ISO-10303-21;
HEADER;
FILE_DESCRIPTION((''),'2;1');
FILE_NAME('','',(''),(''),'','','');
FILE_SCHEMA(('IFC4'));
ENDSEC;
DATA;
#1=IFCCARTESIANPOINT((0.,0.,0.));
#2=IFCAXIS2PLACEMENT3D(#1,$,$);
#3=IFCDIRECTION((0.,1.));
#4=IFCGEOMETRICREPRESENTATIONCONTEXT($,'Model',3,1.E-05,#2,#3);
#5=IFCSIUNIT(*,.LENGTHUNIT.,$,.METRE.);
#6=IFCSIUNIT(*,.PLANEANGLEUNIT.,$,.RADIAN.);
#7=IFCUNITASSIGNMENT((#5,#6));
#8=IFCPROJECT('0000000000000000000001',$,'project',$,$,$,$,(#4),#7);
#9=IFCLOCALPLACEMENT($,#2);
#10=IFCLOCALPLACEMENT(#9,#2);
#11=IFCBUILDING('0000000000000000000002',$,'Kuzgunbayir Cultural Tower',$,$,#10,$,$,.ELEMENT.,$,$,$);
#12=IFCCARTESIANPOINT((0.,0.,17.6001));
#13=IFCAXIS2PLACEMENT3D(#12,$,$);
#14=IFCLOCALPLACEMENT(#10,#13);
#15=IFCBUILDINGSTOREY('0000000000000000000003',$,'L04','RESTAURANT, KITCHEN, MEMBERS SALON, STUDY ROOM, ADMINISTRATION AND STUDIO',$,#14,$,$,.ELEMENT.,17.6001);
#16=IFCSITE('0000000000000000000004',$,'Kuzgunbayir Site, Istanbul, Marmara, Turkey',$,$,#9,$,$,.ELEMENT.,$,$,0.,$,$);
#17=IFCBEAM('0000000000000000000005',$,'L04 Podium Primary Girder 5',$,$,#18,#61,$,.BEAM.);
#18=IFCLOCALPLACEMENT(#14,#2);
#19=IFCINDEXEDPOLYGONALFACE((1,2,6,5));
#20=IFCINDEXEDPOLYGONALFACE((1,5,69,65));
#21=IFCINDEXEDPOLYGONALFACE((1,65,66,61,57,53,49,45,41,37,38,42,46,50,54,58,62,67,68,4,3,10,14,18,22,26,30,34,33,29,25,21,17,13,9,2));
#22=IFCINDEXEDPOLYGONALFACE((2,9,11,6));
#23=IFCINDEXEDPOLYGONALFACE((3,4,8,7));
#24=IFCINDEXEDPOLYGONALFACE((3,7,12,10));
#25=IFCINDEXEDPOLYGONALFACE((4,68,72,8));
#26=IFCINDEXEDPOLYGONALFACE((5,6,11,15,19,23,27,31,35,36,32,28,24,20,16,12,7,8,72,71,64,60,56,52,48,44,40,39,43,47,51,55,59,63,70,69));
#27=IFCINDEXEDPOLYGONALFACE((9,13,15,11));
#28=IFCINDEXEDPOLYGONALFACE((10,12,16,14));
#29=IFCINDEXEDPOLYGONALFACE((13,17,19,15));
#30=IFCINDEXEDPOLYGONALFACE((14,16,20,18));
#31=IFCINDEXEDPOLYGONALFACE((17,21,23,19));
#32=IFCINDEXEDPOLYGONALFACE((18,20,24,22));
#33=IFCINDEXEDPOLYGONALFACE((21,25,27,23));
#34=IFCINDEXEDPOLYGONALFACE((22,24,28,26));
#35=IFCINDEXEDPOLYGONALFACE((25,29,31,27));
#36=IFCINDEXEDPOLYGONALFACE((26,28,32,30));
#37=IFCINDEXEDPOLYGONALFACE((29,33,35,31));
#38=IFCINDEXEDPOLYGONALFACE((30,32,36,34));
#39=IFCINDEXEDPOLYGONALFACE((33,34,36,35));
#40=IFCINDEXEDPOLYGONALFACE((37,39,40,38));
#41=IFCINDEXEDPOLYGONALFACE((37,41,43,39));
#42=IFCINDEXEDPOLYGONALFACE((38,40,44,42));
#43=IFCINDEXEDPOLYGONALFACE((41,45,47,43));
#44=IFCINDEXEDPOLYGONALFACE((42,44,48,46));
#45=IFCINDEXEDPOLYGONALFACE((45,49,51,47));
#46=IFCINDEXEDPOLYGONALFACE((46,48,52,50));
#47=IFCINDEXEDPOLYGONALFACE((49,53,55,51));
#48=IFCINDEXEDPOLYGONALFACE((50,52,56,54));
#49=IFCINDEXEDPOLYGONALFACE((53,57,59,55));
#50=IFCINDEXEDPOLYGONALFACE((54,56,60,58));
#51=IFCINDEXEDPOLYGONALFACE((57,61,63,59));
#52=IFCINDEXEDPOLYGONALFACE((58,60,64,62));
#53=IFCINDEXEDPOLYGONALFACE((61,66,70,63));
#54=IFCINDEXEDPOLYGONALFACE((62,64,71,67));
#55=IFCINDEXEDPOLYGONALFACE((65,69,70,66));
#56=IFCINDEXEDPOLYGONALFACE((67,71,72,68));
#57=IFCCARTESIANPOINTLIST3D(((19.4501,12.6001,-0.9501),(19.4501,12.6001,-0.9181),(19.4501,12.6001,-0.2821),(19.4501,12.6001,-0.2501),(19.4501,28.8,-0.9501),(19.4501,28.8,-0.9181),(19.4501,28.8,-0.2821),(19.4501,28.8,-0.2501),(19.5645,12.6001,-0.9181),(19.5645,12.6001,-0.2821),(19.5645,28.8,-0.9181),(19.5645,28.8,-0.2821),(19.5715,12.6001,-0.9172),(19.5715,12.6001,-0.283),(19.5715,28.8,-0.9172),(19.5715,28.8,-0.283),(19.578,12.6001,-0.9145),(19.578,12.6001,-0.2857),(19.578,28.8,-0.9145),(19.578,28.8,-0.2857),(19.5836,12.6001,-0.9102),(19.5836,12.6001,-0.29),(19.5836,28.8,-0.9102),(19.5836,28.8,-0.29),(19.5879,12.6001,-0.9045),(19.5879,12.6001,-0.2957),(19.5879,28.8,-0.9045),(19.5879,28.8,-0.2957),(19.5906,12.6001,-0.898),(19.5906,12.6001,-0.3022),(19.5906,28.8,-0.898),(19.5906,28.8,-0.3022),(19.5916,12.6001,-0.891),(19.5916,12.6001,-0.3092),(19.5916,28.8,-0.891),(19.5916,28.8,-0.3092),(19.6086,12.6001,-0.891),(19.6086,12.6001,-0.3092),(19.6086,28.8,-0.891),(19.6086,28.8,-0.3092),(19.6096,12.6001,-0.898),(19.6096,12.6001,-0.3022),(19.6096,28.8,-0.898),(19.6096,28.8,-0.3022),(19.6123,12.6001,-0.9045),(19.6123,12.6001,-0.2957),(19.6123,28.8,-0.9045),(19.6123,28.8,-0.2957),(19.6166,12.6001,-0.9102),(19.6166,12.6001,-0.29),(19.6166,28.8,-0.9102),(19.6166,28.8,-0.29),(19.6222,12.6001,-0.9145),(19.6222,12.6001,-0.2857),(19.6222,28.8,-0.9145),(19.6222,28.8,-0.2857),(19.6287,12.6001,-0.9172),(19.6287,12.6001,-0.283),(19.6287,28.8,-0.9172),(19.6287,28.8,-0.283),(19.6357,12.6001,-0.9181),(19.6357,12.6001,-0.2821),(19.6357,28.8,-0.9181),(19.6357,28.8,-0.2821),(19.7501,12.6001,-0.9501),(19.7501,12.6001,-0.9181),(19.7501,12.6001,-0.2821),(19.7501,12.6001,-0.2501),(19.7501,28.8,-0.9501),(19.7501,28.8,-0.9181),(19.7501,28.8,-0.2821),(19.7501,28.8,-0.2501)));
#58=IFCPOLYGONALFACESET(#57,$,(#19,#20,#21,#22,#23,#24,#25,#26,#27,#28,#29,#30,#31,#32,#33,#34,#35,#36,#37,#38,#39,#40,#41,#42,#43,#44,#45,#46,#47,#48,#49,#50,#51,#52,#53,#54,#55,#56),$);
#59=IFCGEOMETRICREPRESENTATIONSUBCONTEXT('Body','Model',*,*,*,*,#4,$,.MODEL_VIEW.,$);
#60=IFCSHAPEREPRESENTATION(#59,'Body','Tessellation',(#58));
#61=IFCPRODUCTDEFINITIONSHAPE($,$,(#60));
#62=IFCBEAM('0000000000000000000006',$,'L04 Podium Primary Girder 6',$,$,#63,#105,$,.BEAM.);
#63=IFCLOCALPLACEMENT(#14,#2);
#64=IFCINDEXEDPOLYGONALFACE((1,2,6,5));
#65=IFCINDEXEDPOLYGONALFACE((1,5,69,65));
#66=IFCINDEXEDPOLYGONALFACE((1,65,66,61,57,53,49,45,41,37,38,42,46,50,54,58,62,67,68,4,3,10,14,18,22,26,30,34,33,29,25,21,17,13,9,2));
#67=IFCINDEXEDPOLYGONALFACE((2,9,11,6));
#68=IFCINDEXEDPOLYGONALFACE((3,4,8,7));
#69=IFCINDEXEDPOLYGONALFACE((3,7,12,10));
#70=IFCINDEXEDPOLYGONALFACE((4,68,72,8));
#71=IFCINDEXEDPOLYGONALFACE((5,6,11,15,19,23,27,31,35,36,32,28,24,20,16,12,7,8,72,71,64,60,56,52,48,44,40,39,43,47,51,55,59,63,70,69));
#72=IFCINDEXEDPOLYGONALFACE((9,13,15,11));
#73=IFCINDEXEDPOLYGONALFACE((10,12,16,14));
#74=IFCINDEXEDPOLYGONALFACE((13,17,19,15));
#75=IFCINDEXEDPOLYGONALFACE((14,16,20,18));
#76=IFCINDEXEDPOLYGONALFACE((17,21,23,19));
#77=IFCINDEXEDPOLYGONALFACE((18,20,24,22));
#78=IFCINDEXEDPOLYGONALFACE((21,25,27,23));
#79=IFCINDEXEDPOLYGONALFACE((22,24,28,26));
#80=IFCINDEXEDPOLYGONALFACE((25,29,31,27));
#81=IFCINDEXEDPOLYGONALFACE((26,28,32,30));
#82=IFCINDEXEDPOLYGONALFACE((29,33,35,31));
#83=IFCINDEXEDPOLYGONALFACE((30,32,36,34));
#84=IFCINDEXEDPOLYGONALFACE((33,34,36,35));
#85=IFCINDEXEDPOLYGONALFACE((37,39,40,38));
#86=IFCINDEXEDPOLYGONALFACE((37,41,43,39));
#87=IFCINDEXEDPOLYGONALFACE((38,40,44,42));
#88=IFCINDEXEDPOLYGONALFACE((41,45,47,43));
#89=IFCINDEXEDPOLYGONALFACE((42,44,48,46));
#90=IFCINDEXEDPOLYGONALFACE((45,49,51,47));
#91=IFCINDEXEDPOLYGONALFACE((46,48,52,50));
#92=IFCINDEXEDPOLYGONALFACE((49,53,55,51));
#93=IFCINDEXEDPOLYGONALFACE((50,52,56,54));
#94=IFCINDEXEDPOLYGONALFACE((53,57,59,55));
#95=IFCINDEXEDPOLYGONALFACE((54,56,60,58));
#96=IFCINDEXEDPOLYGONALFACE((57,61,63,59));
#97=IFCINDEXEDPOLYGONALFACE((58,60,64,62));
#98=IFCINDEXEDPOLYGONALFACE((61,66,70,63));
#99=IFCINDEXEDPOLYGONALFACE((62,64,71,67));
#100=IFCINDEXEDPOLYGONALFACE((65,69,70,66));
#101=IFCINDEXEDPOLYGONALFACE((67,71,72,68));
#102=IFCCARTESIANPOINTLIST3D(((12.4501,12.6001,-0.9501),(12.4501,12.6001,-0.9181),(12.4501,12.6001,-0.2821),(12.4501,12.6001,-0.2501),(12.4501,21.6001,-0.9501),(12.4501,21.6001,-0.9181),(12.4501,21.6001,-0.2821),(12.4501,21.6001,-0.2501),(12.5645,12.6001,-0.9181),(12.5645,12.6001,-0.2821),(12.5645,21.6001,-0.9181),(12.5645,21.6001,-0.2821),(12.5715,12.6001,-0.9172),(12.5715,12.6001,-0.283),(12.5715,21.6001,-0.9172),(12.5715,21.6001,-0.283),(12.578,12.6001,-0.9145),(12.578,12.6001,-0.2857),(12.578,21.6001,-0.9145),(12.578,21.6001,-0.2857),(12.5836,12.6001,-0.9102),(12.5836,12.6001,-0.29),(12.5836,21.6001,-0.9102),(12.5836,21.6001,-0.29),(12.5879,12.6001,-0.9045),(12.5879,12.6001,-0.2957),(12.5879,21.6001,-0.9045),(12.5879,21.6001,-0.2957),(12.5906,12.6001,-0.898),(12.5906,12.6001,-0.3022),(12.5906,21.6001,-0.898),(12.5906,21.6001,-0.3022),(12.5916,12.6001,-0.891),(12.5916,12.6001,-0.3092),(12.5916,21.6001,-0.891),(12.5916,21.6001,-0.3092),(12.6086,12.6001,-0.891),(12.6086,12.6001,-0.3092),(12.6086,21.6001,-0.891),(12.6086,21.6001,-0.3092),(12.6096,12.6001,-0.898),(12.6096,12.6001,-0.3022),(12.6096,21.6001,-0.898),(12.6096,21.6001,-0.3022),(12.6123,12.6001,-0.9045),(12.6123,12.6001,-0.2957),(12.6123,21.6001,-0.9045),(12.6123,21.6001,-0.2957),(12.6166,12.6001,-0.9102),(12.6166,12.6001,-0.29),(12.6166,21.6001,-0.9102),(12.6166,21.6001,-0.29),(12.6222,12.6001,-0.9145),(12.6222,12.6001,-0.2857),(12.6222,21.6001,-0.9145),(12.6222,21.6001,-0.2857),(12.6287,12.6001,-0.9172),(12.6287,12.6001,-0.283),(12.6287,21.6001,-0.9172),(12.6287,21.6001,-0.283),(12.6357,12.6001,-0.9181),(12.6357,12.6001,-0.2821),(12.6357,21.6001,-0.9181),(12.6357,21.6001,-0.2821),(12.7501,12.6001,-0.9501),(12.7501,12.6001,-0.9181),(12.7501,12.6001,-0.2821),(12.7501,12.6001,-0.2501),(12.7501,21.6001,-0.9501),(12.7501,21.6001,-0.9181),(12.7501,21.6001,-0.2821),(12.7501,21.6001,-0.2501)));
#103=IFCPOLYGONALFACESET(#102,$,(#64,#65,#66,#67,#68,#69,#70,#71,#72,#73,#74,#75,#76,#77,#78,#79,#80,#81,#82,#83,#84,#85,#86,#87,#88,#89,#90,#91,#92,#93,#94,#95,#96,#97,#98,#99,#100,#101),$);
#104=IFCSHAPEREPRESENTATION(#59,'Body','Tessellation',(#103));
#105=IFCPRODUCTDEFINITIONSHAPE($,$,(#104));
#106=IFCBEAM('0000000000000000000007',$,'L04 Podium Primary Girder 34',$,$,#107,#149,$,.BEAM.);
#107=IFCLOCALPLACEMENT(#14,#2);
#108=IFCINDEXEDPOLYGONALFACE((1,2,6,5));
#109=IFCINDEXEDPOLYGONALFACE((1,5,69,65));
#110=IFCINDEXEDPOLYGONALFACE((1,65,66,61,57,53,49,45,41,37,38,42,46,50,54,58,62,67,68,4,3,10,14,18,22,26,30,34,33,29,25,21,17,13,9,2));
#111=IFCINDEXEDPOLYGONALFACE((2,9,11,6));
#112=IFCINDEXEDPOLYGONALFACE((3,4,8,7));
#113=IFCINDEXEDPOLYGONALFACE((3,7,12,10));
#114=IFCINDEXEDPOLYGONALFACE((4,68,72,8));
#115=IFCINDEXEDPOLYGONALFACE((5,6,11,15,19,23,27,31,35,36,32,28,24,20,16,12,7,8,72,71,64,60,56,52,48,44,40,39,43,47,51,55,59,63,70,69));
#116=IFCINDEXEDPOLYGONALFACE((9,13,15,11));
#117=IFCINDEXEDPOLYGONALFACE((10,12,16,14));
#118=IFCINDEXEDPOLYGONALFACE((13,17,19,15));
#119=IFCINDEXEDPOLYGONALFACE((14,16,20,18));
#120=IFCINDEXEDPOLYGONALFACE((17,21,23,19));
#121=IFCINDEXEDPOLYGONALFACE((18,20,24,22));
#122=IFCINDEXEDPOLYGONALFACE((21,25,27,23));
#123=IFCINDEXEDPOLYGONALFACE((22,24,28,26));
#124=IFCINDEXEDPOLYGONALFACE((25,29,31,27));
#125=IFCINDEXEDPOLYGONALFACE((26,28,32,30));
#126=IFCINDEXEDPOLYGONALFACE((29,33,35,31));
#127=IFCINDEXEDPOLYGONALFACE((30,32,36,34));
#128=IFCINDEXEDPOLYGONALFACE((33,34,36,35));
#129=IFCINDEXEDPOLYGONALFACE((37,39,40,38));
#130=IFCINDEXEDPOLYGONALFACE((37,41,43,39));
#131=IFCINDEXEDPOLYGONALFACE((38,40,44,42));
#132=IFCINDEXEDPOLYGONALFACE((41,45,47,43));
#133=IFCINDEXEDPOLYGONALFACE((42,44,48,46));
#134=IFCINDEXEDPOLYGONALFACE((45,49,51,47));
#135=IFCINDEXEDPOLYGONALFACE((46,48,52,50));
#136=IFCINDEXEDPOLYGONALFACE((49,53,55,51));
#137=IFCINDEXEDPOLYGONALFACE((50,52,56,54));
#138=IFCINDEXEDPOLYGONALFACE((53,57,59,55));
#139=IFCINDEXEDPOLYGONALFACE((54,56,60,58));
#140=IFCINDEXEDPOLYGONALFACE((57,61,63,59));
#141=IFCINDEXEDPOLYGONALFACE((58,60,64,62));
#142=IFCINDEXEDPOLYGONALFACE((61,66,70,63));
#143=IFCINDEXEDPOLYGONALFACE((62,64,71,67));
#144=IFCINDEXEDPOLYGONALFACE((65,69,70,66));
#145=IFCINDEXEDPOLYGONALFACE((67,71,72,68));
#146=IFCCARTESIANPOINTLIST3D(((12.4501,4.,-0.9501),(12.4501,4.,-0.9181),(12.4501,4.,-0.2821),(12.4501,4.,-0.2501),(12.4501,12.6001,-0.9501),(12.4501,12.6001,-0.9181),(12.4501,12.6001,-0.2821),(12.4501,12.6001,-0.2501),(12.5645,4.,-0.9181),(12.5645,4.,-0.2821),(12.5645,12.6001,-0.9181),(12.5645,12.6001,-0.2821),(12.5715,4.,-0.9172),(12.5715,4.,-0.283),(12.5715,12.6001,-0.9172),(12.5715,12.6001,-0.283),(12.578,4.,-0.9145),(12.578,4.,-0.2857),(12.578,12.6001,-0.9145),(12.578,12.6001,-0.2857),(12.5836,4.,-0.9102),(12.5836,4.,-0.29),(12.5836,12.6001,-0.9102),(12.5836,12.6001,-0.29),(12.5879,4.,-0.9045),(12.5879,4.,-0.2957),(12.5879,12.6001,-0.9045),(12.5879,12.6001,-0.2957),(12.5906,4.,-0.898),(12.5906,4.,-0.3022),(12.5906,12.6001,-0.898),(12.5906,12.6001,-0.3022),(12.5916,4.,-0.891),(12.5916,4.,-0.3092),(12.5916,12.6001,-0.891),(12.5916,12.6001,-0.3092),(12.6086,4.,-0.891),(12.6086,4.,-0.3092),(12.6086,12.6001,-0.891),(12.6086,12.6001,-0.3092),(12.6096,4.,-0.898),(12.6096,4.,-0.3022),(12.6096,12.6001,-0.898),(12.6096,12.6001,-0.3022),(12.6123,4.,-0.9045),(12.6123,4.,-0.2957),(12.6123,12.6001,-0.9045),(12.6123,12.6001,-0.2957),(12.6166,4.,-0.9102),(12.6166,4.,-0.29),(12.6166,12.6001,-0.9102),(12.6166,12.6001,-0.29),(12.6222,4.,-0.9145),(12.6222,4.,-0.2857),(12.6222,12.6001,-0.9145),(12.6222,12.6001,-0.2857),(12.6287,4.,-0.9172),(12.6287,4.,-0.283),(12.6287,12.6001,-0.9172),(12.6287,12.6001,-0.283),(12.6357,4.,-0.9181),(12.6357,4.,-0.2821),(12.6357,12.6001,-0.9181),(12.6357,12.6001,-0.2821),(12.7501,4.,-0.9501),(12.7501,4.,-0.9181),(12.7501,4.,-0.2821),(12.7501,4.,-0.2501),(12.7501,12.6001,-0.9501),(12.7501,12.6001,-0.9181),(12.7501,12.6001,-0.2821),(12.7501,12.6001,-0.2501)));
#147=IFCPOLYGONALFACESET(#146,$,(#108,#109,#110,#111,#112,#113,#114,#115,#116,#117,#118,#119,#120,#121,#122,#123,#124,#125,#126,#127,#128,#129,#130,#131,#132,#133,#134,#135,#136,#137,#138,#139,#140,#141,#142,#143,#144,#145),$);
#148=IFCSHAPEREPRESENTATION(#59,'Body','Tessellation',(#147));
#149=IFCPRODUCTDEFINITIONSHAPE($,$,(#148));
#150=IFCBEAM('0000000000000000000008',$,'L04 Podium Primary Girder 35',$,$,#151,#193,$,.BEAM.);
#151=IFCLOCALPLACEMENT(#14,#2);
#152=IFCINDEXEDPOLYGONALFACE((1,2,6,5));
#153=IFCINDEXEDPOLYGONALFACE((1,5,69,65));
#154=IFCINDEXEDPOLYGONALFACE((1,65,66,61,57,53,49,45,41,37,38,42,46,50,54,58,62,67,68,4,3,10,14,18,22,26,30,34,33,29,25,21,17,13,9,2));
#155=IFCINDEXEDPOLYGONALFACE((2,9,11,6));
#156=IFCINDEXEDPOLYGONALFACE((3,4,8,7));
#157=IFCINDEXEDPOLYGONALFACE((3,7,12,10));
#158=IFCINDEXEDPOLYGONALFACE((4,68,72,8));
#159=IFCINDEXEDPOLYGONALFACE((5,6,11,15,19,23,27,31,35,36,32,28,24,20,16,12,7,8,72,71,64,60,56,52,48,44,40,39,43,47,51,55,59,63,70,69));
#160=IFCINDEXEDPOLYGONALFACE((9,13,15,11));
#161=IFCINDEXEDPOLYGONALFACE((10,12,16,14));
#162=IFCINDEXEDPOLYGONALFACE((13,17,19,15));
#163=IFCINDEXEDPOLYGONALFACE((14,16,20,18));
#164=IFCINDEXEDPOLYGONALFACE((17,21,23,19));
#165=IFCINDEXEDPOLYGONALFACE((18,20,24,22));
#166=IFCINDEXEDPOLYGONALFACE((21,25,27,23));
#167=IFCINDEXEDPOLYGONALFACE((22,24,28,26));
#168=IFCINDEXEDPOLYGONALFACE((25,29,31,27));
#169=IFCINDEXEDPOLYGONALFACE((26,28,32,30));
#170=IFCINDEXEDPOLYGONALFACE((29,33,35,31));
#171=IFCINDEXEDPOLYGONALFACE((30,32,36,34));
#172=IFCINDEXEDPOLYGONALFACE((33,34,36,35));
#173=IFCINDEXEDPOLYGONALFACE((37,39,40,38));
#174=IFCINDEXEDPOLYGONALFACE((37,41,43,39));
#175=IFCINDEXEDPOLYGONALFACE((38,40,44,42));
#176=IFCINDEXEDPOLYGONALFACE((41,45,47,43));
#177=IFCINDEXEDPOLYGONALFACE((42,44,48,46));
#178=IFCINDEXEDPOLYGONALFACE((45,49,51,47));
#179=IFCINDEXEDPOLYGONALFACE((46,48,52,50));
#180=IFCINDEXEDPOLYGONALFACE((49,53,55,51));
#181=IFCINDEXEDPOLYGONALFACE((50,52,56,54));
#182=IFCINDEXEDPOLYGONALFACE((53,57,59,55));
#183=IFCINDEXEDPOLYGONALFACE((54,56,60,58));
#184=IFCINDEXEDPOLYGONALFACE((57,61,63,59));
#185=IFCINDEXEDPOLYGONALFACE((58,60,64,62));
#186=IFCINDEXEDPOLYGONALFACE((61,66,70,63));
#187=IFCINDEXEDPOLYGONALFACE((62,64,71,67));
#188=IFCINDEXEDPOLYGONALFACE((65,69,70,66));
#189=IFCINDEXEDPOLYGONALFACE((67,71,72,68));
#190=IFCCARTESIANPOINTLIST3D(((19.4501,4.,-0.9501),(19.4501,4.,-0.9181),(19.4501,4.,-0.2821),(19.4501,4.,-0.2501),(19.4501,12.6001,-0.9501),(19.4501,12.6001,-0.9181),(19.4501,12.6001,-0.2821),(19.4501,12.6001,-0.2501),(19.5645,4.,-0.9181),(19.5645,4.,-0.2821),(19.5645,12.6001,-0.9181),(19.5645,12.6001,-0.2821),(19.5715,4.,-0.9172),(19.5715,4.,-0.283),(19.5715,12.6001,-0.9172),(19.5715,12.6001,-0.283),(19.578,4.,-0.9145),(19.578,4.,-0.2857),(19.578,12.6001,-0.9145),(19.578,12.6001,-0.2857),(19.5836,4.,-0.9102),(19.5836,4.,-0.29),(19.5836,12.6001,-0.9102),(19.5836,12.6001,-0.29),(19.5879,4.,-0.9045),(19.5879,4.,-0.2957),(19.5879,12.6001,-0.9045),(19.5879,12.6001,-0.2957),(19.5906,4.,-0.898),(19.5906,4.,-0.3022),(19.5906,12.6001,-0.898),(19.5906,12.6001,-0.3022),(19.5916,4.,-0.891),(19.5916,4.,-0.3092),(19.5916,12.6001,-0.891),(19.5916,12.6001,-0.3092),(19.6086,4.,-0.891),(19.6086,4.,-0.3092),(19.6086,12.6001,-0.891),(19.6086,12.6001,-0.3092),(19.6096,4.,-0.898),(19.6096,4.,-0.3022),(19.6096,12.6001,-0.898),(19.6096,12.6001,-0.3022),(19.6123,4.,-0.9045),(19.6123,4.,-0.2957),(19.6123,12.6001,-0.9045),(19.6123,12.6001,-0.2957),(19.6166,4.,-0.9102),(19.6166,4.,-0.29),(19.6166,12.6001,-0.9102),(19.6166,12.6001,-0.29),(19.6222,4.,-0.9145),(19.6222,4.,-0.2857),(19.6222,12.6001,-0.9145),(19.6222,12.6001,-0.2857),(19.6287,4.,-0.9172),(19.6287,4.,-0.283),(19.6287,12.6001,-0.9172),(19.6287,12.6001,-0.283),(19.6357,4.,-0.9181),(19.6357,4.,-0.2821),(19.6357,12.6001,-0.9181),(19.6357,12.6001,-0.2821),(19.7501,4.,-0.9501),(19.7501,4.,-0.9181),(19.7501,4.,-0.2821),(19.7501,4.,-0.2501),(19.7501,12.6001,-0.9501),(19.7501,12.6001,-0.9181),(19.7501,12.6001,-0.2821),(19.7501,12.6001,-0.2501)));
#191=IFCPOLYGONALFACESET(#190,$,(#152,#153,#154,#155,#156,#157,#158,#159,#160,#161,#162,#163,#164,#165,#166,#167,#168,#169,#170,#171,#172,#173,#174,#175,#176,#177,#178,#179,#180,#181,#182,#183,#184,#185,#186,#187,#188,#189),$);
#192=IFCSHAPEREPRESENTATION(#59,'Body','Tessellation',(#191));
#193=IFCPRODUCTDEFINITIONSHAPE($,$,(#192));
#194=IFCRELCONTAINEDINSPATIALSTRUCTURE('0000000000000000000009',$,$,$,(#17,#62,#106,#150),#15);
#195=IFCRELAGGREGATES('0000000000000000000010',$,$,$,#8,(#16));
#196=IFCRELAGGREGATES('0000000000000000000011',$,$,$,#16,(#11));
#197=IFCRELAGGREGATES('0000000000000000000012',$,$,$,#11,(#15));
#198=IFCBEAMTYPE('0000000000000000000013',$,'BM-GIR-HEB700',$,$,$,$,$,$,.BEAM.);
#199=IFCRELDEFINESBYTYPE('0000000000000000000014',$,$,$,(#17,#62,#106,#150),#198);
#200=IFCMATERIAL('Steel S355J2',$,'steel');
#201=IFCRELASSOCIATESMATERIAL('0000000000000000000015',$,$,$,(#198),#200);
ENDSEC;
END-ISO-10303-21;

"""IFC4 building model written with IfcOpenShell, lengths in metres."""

from ifc_helpers import new_model, si_unit, direction, frame, origin, origin_2d, place, context, subcontext, project, spatial, i_section, extrude, material, material_profile, profile_set, type_object, element, save


model = new_model("IFC4")

# Units and contexts
model_context = context("Model", 3, precision=1e-05, world=origin(), true_north=direction((0.0, 1.0)))
body_context = subcontext(model_context, "Body", "Model", "MODEL_VIEW")
ifc_project = project(units=[si_unit("LENGTHUNIT", "METRE"), si_unit("PLANEANGLEUNIT", "RADIAN")], contexts=[model_context])

# Site, building, storey
site_placement = place(None, origin())
site = spatial("IfcSite", under=ifc_project, at=site_placement, Name="Kuzgunbayir Site, Istanbul, Marmara, Turkey", CompositionType="ELEMENT", RefElevation=0.0)
building_placement = place(site_placement, origin())
building = spatial("IfcBuilding", under=site, at=building_placement, Name="Kuzgunbayir Cultural Tower", CompositionType="ELEMENT")
storey_placement = place(building_placement, frame((0.0, 0.0, 17.6001)))
storey = spatial("IfcBuildingStorey", under=building, at=storey_placement, Name="L04", Description="RESTAURANT, KITCHEN, MEMBERS SALON, STUDY ROOM, ADMINISTRATION AND STUDIO", CompositionType="ELEMENT", Elevation=17.6001)

# Beams
ifc_material_1 = material(Name="Steel S355J2", Category="steel")
ifc_material_profile_1 = material_profile(ifc_material_1, i_section(OverallWidth=0.3, OverallDepth=0.7, WebThickness=0.0171, FlangeThickness=0.032, FilletRadius=0.0271, at=origin_2d()), Name="HEB 700")
ifc_profile_set_1 = profile_set([ifc_material_profile_1], Name="Steel S355J2")
beam_type_1 = type_object("IfcBeamType", Name="BM-GIR-HEB700", PredefinedType="BEAM", material=ifc_profile_set_1)
beam_1_placement = place(storey_placement, frame((19.6001, 12.6001, -0.6001), z_axis=(0.0, 1.0, 0.0), x_axis=(-1.0, 0.0, 0.0)))
element("IfcBeam", 1, at=beam_1_placement, inside=storey, type_object=beam_type_1, Name="L04 Podium Primary Girder 5", PredefinedType="BEAM", context=body_context, shape_type="SweptSolid", body=[
    extrude(i_section(OverallWidth=0.3, OverallDepth=0.7, WebThickness=0.0171, FlangeThickness=0.032, FilletRadius=0.0271, at=origin_2d()), origin(), (0.0, 0.0, 1.0), 16.2),
])
beam_2_placement = place(storey_placement, frame((12.6001, 12.6001, -0.6001), z_axis=(0.0, 1.0, 0.0), x_axis=(-1.0, 0.0, 0.0)))
element("IfcBeam", 2, at=beam_2_placement, inside=storey, type_object=beam_type_1, Name="L04 Podium Primary Girder 6", PredefinedType="BEAM", context=body_context, shape_type="SweptSolid", body=[
    extrude(i_section(OverallWidth=0.3, OverallDepth=0.7, WebThickness=0.0171, FlangeThickness=0.032, FilletRadius=0.0271, at=origin_2d()), origin(), (0.0, 0.0, 1.0), 9.0),
])
for number, where, z_axis, x_axis, name in (
    (3, (12.6001, 4.0, -0.6001), (0.0, 1.0, 0.0), (-1.0, 0.0, 0.0), "L04 Podium Primary Girder 34"),
    (4, (19.6001, 4.0, -0.6001), (0.0, 1.0, 0.0), (-1.0, 0.0, 0.0), "L04 Podium Primary Girder 35"),
):
    element("IfcBeam", number, at=place(storey_placement, frame(where, z_axis=z_axis, x_axis=x_axis)), inside=storey, type_object=beam_type_1, Name=name, PredefinedType="BEAM", context=body_context, shape_type="SweptSolid", body=[
        extrude(i_section(OverallWidth=0.3, OverallDepth=0.7, WebThickness=0.0171, FlangeThickness=0.032, FilletRadius=0.0271, at=origin_2d()), origin(), (0.0, 0.0, 1.0), 8.6001),
    ])

save(model, "model.ifc")
